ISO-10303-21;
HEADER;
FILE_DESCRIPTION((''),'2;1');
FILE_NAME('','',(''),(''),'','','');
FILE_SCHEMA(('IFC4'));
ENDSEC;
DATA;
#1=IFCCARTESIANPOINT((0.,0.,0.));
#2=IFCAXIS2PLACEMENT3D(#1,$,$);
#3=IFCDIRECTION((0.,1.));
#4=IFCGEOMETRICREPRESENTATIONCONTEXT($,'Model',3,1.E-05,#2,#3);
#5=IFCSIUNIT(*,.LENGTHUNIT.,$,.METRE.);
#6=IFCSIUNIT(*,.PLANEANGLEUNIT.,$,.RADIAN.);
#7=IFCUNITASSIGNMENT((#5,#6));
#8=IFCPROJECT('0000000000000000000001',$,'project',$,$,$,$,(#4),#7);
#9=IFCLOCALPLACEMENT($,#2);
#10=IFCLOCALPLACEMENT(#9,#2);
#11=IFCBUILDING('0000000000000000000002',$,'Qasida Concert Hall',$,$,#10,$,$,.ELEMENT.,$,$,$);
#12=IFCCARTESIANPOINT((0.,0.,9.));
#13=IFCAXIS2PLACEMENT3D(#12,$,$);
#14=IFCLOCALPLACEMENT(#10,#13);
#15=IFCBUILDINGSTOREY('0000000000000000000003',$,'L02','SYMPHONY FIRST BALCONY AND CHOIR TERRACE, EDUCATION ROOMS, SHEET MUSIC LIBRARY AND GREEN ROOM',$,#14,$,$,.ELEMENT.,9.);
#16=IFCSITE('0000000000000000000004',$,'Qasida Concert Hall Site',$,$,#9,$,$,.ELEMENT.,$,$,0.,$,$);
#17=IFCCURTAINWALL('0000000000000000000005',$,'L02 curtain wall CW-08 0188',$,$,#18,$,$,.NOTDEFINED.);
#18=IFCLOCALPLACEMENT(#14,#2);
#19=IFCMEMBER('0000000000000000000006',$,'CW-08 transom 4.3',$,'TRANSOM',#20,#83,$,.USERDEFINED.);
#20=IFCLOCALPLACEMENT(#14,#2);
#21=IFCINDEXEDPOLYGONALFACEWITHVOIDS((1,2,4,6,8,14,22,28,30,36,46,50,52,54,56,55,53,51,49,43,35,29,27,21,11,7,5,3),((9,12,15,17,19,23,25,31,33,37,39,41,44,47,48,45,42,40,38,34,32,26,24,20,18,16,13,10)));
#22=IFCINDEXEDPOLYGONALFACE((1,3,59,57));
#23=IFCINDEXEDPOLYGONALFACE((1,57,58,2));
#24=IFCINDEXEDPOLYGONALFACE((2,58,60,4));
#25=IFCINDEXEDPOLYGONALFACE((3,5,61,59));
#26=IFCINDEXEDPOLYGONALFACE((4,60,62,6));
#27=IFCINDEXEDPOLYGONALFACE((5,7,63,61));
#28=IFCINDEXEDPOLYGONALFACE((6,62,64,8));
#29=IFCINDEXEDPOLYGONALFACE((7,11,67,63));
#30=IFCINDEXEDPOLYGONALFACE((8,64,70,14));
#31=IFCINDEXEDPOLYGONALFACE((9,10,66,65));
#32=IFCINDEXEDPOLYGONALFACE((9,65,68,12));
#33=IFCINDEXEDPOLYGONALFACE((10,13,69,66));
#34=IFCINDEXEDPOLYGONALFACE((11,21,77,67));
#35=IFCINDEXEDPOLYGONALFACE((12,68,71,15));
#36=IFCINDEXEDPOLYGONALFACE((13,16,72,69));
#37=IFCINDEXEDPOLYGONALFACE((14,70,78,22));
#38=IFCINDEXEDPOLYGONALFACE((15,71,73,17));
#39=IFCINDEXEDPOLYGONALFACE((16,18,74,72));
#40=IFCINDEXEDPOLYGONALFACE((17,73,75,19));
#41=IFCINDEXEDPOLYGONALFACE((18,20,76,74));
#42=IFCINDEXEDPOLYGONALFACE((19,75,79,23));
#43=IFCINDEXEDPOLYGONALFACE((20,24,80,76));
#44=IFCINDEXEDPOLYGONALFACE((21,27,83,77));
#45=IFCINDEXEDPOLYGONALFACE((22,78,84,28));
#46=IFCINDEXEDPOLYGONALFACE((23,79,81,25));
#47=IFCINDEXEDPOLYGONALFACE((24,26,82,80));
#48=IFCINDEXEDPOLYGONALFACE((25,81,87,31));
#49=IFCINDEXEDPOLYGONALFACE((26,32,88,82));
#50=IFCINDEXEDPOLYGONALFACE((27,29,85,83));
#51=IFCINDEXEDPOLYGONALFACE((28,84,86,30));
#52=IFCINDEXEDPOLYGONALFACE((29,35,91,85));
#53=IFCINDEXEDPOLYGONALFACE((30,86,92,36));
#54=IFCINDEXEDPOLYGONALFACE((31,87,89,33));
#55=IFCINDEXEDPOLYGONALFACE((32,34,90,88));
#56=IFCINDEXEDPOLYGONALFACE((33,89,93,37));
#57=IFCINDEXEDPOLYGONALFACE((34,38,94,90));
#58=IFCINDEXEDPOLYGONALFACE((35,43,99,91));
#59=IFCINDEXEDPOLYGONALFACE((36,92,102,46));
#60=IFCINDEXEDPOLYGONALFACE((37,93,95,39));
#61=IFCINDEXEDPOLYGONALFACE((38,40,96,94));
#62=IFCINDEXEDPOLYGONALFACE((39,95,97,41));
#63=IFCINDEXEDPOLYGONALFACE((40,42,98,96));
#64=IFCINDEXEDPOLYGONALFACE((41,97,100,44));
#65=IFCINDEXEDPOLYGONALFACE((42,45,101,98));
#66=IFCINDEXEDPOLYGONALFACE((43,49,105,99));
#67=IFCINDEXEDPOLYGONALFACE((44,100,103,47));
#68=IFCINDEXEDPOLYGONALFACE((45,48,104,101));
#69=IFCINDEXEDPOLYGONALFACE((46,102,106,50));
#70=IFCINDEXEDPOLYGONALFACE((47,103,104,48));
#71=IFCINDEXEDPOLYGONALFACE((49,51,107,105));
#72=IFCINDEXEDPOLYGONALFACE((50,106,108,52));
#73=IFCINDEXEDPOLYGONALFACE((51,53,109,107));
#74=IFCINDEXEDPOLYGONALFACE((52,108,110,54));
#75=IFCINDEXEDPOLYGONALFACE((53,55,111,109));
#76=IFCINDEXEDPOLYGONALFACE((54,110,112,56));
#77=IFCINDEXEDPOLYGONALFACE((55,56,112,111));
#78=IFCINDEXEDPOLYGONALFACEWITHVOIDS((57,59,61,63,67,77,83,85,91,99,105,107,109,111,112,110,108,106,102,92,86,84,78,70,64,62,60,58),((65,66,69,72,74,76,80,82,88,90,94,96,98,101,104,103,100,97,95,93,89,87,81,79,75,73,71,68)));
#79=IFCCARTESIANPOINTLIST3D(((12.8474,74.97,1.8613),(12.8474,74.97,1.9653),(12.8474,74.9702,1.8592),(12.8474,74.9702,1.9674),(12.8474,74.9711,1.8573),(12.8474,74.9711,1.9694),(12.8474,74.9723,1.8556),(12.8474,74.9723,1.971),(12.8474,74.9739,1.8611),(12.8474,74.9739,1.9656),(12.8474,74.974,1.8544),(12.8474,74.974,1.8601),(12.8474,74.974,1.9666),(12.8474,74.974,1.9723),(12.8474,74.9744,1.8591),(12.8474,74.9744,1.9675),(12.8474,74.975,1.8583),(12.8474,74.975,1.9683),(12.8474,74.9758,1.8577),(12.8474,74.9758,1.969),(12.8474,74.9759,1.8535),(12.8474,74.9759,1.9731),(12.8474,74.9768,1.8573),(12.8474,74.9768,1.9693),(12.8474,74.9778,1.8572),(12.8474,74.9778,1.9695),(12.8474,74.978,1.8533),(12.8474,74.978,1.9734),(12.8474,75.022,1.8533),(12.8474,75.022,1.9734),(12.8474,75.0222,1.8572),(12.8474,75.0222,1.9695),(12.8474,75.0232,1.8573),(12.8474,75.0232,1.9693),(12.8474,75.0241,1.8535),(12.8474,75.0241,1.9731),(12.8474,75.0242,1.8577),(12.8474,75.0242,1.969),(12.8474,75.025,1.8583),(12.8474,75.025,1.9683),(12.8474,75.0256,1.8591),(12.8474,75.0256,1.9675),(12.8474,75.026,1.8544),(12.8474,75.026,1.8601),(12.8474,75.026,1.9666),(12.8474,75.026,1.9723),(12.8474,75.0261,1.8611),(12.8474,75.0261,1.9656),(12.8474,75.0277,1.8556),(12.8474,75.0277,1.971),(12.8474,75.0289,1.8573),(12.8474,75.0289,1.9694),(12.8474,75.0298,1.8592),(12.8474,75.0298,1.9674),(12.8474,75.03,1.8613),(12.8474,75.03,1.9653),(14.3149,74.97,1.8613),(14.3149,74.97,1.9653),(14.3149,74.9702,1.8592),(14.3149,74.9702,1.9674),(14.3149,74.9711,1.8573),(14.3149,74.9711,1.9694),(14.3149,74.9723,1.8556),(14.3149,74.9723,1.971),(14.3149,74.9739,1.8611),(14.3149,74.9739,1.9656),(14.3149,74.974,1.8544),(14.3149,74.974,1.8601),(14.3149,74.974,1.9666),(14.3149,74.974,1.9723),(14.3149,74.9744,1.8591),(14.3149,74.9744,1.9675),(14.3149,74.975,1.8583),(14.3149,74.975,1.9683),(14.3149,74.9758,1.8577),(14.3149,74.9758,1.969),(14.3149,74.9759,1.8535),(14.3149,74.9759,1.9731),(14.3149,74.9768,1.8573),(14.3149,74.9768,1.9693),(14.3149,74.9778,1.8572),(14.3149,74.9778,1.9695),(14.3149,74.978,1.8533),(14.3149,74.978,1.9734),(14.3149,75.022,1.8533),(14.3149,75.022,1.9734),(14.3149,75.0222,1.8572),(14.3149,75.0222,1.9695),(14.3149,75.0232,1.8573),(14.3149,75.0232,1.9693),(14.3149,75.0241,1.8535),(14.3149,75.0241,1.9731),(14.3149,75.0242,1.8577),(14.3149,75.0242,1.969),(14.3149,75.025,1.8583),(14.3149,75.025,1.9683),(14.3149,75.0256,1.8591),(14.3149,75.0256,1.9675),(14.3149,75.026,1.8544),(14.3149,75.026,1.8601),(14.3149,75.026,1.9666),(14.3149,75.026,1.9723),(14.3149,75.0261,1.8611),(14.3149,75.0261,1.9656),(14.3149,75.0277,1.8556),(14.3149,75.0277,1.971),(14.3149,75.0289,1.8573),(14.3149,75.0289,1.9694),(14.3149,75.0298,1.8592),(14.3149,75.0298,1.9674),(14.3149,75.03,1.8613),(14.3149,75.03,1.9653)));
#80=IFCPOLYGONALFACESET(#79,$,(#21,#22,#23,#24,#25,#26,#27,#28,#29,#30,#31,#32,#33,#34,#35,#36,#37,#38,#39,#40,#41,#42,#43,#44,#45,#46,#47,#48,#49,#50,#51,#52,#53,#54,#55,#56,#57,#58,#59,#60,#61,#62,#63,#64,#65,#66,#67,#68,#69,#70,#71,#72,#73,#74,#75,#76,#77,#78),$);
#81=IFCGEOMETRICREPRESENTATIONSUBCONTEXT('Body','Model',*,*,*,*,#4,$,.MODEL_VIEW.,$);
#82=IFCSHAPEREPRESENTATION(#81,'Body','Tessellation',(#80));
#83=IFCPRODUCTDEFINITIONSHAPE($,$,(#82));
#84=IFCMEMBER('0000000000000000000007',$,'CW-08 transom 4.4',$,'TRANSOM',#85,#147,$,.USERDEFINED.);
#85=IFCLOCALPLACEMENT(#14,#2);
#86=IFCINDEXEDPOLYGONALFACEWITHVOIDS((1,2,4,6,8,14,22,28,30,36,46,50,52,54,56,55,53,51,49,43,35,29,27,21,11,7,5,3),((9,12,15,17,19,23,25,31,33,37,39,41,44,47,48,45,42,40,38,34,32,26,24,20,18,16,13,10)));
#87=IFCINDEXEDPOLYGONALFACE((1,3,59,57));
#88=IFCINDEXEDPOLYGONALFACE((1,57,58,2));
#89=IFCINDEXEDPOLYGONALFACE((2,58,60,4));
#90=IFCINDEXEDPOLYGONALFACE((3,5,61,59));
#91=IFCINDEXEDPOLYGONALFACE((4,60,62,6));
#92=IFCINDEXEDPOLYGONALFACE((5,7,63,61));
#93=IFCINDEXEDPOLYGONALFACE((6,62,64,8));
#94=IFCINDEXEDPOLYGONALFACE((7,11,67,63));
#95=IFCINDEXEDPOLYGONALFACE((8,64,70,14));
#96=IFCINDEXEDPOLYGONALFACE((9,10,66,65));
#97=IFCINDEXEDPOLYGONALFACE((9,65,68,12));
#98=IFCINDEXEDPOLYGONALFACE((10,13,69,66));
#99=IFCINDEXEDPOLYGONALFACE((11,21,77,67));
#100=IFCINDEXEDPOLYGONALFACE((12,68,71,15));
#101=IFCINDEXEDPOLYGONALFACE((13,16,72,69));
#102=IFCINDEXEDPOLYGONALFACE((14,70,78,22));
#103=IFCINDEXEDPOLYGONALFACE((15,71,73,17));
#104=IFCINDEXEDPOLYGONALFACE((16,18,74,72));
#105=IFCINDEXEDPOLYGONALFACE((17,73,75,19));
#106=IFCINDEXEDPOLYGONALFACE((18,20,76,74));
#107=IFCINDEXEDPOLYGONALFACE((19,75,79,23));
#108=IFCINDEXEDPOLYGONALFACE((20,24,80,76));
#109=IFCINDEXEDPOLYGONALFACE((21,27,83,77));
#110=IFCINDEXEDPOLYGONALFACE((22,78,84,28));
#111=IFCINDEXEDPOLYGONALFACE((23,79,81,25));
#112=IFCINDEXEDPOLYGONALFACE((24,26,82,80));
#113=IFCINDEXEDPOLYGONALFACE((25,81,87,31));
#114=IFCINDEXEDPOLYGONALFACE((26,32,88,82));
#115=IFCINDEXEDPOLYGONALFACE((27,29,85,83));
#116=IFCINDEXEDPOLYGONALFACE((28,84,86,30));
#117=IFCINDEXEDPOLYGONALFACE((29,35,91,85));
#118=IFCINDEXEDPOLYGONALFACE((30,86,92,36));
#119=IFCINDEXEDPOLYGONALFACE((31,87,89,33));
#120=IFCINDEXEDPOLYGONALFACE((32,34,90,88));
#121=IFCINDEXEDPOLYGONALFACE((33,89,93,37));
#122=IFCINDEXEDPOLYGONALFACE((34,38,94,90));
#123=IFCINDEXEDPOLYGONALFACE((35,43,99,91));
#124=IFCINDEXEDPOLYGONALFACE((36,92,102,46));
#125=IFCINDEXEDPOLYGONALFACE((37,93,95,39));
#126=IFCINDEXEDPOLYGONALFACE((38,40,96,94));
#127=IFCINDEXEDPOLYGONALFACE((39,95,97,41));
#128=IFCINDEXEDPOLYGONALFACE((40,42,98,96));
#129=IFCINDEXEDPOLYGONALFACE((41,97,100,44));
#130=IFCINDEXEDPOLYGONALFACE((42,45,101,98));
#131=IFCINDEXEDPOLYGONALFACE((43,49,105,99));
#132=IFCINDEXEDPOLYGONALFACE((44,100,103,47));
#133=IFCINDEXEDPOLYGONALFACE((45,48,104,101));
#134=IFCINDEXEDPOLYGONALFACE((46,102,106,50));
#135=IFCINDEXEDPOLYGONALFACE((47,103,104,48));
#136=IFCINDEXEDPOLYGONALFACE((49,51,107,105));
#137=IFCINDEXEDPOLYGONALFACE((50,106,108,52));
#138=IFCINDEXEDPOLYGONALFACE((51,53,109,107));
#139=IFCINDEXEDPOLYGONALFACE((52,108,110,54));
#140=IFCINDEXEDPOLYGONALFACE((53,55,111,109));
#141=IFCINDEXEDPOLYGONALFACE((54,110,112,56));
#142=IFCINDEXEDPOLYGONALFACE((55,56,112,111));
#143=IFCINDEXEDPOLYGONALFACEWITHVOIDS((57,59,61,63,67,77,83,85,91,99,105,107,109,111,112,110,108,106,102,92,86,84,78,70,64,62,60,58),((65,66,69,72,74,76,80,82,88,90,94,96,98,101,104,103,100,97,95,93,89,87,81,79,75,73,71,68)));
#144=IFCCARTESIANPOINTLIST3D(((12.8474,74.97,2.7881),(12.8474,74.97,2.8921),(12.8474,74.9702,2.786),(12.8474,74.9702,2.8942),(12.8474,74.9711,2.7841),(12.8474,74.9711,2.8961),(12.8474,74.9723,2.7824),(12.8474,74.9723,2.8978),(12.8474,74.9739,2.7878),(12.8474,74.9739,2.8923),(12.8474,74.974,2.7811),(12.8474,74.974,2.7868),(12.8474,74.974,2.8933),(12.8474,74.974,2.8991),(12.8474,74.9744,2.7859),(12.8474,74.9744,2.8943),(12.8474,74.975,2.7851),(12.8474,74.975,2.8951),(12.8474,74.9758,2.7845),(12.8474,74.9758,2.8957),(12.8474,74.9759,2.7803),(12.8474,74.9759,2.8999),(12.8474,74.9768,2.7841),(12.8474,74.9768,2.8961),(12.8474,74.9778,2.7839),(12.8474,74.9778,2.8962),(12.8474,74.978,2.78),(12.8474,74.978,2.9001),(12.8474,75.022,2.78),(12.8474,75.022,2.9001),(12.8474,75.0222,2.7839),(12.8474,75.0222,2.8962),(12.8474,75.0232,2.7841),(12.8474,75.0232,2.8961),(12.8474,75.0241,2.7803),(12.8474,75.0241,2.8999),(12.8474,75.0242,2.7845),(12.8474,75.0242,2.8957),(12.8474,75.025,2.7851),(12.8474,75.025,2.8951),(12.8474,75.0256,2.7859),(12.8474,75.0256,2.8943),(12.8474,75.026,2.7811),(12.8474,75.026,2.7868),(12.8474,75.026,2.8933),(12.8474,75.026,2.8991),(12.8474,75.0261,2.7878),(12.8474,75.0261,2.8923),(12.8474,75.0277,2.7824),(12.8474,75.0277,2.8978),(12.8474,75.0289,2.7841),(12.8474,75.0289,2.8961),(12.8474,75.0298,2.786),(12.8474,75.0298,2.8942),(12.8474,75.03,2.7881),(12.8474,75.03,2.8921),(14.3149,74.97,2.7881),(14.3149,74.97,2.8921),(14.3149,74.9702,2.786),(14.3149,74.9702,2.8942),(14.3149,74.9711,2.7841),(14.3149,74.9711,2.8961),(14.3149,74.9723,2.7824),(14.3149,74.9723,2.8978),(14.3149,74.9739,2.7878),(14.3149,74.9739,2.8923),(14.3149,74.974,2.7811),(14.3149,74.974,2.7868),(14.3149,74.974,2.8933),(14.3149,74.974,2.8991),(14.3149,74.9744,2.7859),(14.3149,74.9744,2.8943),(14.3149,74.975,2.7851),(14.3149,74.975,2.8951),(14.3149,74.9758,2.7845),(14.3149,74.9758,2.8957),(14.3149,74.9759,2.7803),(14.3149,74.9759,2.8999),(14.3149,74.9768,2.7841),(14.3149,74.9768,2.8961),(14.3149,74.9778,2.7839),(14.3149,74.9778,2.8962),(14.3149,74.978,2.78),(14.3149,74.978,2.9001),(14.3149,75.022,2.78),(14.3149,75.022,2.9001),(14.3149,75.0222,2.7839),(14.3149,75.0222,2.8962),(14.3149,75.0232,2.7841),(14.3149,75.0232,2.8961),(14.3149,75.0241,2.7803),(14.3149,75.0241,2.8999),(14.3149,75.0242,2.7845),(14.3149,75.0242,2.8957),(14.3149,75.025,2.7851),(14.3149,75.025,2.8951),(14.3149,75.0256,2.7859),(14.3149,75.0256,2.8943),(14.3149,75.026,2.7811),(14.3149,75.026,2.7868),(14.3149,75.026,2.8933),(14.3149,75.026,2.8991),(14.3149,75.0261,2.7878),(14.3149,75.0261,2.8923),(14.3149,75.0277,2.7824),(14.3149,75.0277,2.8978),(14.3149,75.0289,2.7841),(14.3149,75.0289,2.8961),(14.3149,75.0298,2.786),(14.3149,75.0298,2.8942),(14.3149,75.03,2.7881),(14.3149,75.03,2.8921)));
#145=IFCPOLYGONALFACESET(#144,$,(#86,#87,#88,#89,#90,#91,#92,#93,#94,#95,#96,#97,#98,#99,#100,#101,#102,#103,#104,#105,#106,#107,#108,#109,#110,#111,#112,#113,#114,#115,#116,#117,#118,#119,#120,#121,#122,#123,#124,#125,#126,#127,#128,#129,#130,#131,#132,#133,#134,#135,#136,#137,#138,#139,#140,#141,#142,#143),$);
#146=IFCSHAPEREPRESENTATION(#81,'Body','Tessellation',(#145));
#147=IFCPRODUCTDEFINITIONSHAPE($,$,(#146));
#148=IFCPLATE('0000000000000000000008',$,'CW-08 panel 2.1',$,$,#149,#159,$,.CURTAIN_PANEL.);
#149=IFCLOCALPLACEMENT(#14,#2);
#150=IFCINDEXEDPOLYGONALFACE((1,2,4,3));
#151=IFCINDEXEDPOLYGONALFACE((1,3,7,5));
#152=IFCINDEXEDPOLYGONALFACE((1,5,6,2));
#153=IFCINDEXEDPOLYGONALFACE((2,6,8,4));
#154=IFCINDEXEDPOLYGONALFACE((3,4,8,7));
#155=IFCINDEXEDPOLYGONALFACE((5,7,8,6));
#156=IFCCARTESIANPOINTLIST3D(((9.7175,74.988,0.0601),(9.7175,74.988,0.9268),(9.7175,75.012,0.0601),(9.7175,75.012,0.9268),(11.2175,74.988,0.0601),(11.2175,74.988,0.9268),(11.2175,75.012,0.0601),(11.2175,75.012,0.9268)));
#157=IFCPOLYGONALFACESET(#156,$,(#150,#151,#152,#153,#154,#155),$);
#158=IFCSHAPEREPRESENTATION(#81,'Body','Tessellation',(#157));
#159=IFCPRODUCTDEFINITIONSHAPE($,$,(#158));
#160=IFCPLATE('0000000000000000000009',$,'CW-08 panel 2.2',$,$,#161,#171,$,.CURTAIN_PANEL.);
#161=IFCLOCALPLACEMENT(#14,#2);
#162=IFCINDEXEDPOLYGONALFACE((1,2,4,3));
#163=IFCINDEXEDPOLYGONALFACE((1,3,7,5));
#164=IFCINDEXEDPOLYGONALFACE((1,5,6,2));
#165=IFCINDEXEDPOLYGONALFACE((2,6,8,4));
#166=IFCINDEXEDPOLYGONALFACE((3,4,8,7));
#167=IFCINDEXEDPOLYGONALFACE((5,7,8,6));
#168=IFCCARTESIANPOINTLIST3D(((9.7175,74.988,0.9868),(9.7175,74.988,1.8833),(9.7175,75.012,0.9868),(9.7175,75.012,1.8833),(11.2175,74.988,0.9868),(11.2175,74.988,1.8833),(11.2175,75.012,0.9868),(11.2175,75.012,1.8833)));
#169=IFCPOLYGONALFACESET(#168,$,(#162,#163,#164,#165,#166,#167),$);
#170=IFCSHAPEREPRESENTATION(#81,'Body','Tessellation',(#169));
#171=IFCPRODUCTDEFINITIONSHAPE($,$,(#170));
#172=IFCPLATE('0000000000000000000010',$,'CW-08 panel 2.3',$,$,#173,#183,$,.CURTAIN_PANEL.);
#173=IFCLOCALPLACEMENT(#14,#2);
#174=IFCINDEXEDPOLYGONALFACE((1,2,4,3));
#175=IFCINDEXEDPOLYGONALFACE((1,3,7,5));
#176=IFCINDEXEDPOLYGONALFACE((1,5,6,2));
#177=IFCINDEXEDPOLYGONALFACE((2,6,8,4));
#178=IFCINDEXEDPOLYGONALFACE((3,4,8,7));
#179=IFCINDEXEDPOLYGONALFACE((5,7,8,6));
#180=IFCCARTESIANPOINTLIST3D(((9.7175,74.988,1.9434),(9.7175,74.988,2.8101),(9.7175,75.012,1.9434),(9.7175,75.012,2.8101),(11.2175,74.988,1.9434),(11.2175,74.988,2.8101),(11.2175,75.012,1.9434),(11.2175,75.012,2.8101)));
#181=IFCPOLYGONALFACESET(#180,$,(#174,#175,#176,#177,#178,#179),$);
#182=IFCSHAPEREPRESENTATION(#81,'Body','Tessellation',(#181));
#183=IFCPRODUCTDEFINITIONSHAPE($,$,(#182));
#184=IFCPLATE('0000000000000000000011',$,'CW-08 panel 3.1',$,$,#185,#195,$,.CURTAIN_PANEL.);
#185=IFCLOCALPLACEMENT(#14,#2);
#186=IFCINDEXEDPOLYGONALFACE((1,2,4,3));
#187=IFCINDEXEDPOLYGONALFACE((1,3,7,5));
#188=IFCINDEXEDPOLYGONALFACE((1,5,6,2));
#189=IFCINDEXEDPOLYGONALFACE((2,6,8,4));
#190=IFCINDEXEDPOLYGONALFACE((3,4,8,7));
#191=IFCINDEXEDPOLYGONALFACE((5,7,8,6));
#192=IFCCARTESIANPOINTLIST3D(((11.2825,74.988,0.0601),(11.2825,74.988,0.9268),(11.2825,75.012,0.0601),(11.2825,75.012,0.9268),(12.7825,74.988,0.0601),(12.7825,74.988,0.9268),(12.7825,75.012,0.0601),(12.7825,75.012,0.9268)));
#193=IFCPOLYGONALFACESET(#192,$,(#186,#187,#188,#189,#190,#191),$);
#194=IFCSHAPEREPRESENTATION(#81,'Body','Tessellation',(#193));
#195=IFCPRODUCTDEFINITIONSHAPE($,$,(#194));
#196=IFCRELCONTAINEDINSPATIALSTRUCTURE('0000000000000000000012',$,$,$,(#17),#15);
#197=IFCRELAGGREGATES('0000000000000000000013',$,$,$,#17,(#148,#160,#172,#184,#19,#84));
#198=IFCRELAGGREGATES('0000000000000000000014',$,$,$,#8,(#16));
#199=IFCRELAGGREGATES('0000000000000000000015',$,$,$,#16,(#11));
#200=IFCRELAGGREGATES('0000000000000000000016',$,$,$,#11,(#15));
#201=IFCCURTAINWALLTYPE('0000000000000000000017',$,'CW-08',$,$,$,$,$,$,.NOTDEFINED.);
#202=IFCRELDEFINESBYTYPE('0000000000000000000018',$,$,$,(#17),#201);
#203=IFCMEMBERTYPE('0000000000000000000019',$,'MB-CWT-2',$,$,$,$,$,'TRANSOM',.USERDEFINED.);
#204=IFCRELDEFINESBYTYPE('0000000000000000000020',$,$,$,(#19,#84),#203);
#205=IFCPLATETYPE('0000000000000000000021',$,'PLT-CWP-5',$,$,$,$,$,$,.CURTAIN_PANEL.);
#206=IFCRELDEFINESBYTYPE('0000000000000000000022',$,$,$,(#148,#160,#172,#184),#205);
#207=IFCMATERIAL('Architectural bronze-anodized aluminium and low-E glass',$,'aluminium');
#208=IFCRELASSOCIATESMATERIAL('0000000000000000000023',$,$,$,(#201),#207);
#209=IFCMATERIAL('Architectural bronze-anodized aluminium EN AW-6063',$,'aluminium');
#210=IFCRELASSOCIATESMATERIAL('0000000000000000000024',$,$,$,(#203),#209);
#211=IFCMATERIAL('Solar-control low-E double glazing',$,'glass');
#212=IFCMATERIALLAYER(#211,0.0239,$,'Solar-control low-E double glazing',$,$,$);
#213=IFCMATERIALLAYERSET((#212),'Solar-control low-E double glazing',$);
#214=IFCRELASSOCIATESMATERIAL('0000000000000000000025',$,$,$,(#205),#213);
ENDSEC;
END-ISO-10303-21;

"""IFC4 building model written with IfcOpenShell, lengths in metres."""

from ifc_helpers import new_model, si_unit, direction, frame, origin, origin_2d, place, context, subcontext, project, spatial, rectangle, hollow_rectangle, extrude, material, layer, layer_set, material_profile, profile_set, type_object, element, aggregate, save


model = new_model("IFC4")

# Units and contexts
model_context = context("Model", 3, precision=1e-05, world=origin(), true_north=direction((0.0, 1.0)))
body_context = subcontext(model_context, "Body", "Model", "MODEL_VIEW")
ifc_project = project(units=[si_unit("LENGTHUNIT", "METRE"), si_unit("PLANEANGLEUNIT", "RADIAN")], contexts=[model_context])

# Site, building, storey
site_placement = place(None, origin())
site = spatial("IfcSite", under=ifc_project, at=site_placement, Name="Qasida Concert Hall Site", CompositionType="ELEMENT", RefElevation=0.0)
building_placement = place(site_placement, origin())
building = spatial("IfcBuilding", under=site, at=building_placement, Name="Qasida Concert Hall", CompositionType="ELEMENT")
storey_placement = place(building_placement, frame((0.0, 0.0, 9.0)))
storey = spatial("IfcBuildingStorey", under=building, at=storey_placement, Name="L02", Description="SYMPHONY FIRST BALCONY AND CHOIR TERRACE, EDUCATION ROOMS, SHEET MUSIC LIBRARY AND GREEN ROOM", CompositionType="ELEMENT", Elevation=9.0)

# Curtain wall, members, plates
ifc_material_1 = material(Name="Architectural bronze-anodized aluminium and low-E glass", Category="aluminium")
curtain_wall_type = type_object("IfcCurtainWallType", Name="CW-08", PredefinedType="NOTDEFINED", material=ifc_material_1)
curtain_wall_placement = place(storey_placement, origin())
curtain_wall = element("IfcCurtainWall", 1, at=curtain_wall_placement, inside=storey, type_object=curtain_wall_type, Name="L02 curtain wall CW-08 0188", PredefinedType="NOTDEFINED")
ifc_material_2 = material(Name="Architectural bronze-anodized aluminium EN AW-6063", Category="aluminium")
ifc_material_profile_1 = material_profile(ifc_material_2, hollow_rectangle(XDim=0.0601, YDim=0.1201, WallThickness=0.0039, InnerFilletRadius=0.0039, OuterFilletRadius=0.0081, at=origin_2d()), Name="CWT 120x60x4")
ifc_profile_set_1 = profile_set([ifc_material_profile_1], Name="Architectural bronze-anodized aluminium EN AW-6063")
member_type_1 = type_object("IfcMemberType", Name="MB-CWT-2", ElementType="TRANSOM", PredefinedType="USERDEFINED", material=ifc_profile_set_1)
member_1_placement = place(storey_placement, frame((12.8474, 75.0, 1.9133), z_axis=(1.0, 0.0, 0.0), x_axis=(0.0, 1.0, 0.0)))
member_1 = element("IfcMember", 2, at=member_1_placement, type_object=member_type_1, Name="CW-08 transom 4.3", ObjectType="TRANSOM", PredefinedType="USERDEFINED", context=body_context, shape_type="SweptSolid", body=[
    extrude(hollow_rectangle(XDim=0.0601, YDim=0.1201, WallThickness=0.0039, InnerFilletRadius=0.0039, OuterFilletRadius=0.0081, at=origin_2d()), origin(), (0.0, 0.0, 1.0), 1.4675),
])
member_2_placement = place(storey_placement, frame((12.8474, 75.0, 2.8401), z_axis=(1.0, 0.0, 0.0), x_axis=(0.0, 1.0, 0.0)))
member_2 = element("IfcMember", 3, at=member_2_placement, type_object=member_type_1, Name="CW-08 transom 4.4", ObjectType="TRANSOM", PredefinedType="USERDEFINED", context=body_context, shape_type="SweptSolid", body=[
    extrude(hollow_rectangle(XDim=0.0601, YDim=0.1201, WallThickness=0.0039, InnerFilletRadius=0.0039, OuterFilletRadius=0.0081, at=origin_2d()), origin(), (0.0, 0.0, 1.0), 1.4675),
])
ifc_material_3 = material(Name="Solar-control low-E double glazing", Category="glass")
ifc_layer = layer(ifc_material_3, 0.0239, Name="Solar-control low-E double glazing")
ifc_layer_set = layer_set([ifc_layer], Name="Solar-control low-E double glazing")
plate_type = type_object("IfcPlateType", Name="PLT-CWP-5", PredefinedType="CURTAIN_PANEL", material=ifc_layer_set)
plate_1_placement = place(storey_placement, frame((10.4675, 75.0, 0.0601), z_axis=(0.0, 0.0, 1.0), x_axis=(1.0, 0.0, 0.0)))
plate_1 = element("IfcPlate", 4, at=plate_1_placement, type_object=plate_type, Name="CW-08 panel 2.1", PredefinedType="CURTAIN_PANEL", context=body_context, shape_type="SweptSolid", body=[
    extrude(rectangle(XDim=1.5, YDim=0.0239, at=origin_2d()), origin(), (0.0, 0.0, 1.0), 0.8667),
])
plate_2_placement = place(storey_placement, frame((10.4675, 75.0, 0.9868), z_axis=(0.0, 0.0, 1.0), x_axis=(1.0, 0.0, 0.0)))
plate_2 = element("IfcPlate", 5, at=plate_2_placement, type_object=plate_type, Name="CW-08 panel 2.2", PredefinedType="CURTAIN_PANEL", context=body_context, shape_type="SweptSolid", body=[
    extrude(rectangle(XDim=1.5, YDim=0.0239, at=origin_2d()), origin(), (0.0, 0.0, 1.0), 0.8965),
])
plate_3_placement = place(storey_placement, frame((10.4675, 75.0, 1.9434), z_axis=(0.0, 0.0, 1.0), x_axis=(1.0, 0.0, 0.0)))
plate_3 = element("IfcPlate", 6, at=plate_3_placement, type_object=plate_type, Name="CW-08 panel 2.3", PredefinedType="CURTAIN_PANEL", context=body_context, shape_type="SweptSolid", body=[
    extrude(rectangle(XDim=1.5, YDim=0.0239, at=origin_2d()), origin(), (0.0, 0.0, 1.0), 0.8667),
])
plate_4_placement = place(storey_placement, frame((12.0325, 75.0, 0.0601), z_axis=(0.0, 0.0, 1.0), x_axis=(1.0, 0.0, 0.0)))
plate_4 = element("IfcPlate", 7, at=plate_4_placement, type_object=plate_type, Name="CW-08 panel 3.1", PredefinedType="CURTAIN_PANEL", context=body_context, shape_type="SweptSolid", body=[
    extrude(rectangle(XDim=1.5, YDim=0.0239, at=origin_2d()), origin(), (0.0, 0.0, 1.0), 0.8667),
])
aggregate(curtain_wall, [plate_1, plate_2, plate_3, plate_4, member_1, member_2])

save(model, "model.ifc")
